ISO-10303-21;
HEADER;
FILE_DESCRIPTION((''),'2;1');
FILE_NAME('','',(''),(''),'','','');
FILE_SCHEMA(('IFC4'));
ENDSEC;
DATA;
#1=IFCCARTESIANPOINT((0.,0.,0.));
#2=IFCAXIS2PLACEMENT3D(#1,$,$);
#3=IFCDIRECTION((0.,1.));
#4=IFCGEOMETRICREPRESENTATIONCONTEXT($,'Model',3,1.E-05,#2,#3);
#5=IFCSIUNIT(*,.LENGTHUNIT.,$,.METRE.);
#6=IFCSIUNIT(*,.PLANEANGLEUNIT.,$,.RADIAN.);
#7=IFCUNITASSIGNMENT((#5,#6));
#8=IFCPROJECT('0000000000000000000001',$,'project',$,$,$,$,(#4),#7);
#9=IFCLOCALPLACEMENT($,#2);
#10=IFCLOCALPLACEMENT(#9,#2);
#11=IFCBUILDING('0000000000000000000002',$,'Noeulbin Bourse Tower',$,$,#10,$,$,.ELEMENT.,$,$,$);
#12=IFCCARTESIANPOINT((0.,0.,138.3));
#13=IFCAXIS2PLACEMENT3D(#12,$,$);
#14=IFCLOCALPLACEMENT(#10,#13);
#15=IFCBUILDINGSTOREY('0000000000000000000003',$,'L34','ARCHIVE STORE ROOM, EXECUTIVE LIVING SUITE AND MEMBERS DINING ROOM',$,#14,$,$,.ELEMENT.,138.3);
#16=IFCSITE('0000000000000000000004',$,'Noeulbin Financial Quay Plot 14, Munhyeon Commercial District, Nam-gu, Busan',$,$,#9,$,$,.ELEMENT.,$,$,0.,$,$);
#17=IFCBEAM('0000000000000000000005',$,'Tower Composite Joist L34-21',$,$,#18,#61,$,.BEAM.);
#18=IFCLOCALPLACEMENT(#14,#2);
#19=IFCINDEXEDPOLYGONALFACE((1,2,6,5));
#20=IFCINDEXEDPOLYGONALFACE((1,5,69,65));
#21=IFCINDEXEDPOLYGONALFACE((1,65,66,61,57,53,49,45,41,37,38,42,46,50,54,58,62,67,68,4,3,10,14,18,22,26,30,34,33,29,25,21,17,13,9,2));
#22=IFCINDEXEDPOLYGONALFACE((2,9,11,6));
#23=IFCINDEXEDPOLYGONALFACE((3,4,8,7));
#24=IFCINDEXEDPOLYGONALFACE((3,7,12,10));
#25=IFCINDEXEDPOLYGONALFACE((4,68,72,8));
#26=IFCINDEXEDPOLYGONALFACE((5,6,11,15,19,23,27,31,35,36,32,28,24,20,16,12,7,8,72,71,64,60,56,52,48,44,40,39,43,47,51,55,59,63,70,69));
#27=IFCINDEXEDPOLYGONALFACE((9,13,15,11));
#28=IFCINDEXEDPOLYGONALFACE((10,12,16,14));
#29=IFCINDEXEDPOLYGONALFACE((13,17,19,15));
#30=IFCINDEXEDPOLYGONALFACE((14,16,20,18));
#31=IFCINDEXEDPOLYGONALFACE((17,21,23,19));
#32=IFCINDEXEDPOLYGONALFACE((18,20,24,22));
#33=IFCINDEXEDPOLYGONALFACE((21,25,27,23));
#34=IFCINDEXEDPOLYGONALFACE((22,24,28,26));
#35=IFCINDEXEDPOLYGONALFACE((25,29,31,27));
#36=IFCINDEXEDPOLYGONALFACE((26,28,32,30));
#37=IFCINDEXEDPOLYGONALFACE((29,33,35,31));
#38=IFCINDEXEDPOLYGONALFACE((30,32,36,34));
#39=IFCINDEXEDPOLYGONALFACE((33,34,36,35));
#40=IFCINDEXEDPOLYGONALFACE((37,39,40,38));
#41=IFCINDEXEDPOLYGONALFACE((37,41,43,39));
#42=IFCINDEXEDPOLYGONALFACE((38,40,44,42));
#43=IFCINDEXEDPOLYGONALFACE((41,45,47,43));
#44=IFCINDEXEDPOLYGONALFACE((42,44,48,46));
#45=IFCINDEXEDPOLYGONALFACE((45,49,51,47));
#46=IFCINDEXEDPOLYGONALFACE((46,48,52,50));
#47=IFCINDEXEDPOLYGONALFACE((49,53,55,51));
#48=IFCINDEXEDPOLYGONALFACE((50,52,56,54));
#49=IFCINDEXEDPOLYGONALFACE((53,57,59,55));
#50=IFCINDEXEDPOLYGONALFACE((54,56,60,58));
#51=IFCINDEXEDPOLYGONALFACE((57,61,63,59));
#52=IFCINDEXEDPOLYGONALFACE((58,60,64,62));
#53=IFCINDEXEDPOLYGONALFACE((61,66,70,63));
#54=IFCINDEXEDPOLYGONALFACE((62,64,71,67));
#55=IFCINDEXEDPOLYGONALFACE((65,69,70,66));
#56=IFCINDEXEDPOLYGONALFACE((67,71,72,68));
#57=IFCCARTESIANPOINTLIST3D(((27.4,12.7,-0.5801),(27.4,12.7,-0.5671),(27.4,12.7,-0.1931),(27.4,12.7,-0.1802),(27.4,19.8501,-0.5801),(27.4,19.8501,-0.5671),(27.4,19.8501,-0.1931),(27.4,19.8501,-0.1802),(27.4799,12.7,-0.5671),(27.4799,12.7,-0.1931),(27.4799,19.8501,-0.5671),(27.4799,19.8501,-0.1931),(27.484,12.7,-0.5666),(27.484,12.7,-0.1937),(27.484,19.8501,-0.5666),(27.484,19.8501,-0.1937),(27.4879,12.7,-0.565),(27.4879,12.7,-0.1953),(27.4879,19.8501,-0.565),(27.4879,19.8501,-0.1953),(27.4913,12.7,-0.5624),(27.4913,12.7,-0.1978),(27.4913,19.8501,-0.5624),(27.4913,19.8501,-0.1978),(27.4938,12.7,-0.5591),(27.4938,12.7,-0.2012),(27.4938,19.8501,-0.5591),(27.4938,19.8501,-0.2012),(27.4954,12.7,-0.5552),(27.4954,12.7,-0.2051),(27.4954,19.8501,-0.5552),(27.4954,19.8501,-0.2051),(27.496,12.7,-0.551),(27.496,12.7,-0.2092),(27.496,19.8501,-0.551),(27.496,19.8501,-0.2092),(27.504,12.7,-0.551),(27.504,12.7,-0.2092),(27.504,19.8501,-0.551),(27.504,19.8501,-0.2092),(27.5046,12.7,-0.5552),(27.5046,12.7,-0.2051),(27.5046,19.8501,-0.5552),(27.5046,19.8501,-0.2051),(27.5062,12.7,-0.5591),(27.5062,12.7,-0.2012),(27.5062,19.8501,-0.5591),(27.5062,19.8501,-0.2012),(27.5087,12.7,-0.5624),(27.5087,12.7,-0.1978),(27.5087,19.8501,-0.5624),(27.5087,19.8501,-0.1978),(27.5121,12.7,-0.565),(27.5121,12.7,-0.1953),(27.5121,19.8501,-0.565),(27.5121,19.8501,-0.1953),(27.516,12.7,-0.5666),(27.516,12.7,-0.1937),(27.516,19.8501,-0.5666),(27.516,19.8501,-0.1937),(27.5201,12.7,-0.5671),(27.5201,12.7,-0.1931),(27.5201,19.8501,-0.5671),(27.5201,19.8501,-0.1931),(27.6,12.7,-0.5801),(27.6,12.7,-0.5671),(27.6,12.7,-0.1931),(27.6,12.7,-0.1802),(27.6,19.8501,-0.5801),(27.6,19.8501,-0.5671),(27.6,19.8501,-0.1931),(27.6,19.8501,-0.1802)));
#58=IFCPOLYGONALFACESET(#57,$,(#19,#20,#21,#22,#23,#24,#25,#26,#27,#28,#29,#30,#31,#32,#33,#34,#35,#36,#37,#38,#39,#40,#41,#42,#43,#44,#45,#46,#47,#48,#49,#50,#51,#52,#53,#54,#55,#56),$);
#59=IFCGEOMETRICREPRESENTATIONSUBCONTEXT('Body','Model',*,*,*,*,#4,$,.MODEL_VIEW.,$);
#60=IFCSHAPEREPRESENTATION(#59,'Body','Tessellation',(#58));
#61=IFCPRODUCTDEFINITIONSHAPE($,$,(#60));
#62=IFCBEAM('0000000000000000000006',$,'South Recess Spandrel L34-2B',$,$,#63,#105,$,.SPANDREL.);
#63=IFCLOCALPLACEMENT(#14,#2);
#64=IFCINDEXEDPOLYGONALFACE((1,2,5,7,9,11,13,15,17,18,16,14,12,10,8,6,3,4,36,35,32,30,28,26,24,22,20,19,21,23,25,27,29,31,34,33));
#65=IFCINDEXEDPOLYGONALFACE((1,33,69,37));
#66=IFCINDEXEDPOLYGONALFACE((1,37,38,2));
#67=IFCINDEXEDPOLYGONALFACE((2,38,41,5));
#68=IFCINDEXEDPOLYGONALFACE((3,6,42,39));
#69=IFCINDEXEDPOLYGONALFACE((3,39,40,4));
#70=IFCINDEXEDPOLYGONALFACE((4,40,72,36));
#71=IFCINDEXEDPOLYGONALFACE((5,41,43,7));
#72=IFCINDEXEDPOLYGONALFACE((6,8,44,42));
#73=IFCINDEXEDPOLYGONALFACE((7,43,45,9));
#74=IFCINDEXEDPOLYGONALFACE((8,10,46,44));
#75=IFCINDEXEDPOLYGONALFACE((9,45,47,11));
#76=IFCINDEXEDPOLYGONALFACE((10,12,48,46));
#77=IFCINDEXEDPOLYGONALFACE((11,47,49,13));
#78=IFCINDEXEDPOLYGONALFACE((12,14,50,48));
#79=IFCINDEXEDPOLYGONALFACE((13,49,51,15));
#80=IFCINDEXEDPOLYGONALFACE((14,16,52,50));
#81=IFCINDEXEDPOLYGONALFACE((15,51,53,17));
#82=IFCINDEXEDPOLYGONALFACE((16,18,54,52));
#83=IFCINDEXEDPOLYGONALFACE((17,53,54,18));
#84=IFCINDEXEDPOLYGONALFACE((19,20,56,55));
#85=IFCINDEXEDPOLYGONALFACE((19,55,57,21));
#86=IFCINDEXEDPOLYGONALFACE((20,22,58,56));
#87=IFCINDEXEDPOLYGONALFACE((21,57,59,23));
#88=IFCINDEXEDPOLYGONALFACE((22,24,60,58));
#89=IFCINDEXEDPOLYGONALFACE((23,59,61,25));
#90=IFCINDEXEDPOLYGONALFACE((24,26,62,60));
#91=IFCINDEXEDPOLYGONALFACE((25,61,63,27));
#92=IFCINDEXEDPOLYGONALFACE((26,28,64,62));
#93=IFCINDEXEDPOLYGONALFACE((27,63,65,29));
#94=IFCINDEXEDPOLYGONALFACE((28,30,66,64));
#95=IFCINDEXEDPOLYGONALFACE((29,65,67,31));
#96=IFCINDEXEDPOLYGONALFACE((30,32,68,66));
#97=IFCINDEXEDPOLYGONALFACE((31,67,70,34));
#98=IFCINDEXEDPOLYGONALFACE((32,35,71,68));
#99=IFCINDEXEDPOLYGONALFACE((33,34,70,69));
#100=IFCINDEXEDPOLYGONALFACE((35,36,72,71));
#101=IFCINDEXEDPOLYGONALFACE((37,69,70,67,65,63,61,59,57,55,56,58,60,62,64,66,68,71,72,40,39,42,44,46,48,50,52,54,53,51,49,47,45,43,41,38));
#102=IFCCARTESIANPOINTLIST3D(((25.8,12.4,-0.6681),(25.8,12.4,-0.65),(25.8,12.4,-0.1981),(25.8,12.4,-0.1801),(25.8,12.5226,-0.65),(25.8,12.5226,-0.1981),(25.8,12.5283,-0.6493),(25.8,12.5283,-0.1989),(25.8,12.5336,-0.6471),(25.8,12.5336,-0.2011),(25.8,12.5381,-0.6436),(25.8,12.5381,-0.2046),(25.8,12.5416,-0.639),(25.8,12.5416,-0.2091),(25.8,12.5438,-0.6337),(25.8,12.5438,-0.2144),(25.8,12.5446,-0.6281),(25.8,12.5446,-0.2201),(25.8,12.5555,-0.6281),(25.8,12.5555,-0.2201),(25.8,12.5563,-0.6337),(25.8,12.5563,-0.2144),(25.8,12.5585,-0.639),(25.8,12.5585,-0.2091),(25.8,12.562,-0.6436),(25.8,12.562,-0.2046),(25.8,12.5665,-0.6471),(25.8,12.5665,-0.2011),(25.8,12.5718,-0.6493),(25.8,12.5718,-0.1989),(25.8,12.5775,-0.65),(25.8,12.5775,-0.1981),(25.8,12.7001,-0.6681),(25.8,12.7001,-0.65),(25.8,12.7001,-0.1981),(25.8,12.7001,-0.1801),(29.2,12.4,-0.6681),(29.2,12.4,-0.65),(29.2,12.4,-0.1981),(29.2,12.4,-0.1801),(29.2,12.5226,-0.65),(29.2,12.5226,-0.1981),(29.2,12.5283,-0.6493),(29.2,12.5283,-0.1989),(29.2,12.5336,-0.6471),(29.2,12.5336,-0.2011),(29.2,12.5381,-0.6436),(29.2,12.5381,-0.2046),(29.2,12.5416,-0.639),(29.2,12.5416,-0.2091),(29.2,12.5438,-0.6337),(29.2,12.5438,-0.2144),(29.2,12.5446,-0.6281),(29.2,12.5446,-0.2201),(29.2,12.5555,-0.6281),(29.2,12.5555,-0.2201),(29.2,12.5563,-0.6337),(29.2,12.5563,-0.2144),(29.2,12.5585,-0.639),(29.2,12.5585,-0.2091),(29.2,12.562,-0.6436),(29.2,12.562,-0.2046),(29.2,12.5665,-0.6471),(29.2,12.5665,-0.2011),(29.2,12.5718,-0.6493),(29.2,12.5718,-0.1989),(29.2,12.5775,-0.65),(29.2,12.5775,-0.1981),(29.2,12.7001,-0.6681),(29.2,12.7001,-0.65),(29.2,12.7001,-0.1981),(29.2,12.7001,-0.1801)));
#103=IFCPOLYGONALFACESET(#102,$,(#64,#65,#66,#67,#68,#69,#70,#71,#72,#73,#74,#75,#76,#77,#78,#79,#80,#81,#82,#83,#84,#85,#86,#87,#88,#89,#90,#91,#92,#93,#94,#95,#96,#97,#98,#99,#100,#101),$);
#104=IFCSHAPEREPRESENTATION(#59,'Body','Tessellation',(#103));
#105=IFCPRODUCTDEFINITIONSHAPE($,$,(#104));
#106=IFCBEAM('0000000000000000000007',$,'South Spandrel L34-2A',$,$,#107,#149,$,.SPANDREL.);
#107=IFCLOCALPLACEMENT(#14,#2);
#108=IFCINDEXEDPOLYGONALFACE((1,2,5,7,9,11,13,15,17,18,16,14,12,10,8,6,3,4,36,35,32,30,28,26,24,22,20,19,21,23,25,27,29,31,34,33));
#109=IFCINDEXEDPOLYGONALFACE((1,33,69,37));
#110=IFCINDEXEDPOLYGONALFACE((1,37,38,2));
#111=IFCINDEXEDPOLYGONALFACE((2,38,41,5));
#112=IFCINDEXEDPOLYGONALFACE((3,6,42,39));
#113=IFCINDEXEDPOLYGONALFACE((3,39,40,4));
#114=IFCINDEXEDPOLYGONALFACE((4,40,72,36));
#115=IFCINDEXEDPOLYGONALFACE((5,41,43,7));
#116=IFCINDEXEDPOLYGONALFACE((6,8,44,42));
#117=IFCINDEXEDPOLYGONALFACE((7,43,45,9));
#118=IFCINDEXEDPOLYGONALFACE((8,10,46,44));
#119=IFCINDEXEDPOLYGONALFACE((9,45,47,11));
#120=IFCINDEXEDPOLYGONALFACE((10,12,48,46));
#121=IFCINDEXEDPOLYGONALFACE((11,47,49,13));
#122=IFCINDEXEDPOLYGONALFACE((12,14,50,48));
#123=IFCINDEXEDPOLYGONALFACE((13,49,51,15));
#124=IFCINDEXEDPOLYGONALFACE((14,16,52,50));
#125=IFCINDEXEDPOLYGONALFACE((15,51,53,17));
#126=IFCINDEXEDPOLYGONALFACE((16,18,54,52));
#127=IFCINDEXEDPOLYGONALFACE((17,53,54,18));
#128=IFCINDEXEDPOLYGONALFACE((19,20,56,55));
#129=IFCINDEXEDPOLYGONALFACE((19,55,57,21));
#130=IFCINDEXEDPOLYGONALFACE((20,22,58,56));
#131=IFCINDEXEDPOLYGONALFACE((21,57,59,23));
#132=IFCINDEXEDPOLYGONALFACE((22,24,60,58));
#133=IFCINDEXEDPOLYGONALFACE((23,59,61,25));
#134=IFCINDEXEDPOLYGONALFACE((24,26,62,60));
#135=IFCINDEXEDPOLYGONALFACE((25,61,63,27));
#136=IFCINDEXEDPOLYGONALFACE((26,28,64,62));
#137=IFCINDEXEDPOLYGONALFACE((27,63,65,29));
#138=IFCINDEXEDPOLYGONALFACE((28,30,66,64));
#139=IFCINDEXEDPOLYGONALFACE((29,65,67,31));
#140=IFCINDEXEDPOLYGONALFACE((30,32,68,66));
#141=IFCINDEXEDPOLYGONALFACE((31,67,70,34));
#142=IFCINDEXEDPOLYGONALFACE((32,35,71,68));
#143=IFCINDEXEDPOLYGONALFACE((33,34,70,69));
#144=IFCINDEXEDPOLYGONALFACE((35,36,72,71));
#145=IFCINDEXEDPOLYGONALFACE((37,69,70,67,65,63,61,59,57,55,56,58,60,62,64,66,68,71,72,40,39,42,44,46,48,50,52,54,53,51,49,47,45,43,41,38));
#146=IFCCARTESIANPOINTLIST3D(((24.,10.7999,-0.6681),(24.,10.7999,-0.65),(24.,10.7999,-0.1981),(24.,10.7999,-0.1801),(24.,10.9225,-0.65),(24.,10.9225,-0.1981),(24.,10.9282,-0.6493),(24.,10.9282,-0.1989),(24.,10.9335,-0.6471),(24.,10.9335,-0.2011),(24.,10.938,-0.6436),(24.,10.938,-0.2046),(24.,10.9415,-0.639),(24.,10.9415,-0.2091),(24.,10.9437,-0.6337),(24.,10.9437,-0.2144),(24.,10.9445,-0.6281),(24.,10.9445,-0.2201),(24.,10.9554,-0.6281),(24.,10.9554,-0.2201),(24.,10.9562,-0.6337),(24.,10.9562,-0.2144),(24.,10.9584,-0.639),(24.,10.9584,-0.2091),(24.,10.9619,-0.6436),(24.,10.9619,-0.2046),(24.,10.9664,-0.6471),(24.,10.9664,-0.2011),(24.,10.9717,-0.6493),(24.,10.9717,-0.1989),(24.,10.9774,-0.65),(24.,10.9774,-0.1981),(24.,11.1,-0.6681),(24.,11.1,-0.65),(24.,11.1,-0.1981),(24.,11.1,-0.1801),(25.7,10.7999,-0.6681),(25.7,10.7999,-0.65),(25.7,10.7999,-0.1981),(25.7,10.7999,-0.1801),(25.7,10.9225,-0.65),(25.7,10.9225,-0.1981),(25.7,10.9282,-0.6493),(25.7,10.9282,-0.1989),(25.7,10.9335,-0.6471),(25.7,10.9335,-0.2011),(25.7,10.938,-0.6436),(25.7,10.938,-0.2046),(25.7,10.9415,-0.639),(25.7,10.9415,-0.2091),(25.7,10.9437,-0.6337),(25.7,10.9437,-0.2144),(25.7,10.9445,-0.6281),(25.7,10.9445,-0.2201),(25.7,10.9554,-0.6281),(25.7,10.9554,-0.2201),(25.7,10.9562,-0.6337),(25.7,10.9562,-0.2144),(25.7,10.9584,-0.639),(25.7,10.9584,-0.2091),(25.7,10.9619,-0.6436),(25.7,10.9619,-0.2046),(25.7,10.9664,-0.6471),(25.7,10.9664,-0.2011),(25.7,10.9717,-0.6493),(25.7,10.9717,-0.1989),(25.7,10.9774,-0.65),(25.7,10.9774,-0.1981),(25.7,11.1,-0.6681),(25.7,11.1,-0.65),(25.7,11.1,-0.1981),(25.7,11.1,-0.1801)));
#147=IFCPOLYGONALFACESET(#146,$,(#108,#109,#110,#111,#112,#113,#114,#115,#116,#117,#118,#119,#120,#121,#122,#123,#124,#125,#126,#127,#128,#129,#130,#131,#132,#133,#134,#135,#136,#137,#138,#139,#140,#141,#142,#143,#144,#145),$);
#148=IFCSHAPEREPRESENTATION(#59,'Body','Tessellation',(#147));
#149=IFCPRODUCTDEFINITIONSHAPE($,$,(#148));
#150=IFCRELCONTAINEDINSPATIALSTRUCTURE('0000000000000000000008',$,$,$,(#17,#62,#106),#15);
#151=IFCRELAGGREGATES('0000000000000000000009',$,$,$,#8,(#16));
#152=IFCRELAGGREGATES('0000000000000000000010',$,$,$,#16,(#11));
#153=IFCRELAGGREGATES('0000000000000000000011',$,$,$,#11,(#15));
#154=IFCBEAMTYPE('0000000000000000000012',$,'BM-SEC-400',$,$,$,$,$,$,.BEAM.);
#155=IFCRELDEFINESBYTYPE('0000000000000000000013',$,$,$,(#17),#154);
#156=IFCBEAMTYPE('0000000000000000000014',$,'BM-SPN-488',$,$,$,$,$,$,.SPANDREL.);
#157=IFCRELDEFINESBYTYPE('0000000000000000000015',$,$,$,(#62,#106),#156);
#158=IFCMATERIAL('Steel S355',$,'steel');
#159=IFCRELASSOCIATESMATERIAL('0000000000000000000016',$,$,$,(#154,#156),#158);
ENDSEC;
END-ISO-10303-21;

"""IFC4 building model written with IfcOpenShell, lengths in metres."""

from ifc_helpers import new_model, si_unit, direction, frame, origin, origin_2d, place, context, subcontext, project, spatial, i_section, extrude, material, material_profile, profile_set, type_object, element, save


model = new_model("IFC4")

# Units and contexts
model_context = context("Model", 3, precision=1e-05, world=origin(), true_north=direction((0.0, 1.0)))
body_context = subcontext(model_context, "Body", "Model", "MODEL_VIEW")
ifc_project = project(units=[si_unit("LENGTHUNIT", "METRE"), si_unit("PLANEANGLEUNIT", "RADIAN")], contexts=[model_context])

# Site, building, storey
site_placement = place(None, origin())
site = spatial("IfcSite", under=ifc_project, at=site_placement, Name="Noeulbin Financial Quay Plot 14, Munhyeon Commercial District, Nam-gu, Busan", CompositionType="ELEMENT", RefElevation=0.0)
building_placement = place(site_placement, origin())
building = spatial("IfcBuilding", under=site, at=building_placement, Name="Noeulbin Bourse Tower", CompositionType="ELEMENT")
storey_placement = place(building_placement, frame((0.0, 0.0, 138.3)))
storey = spatial("IfcBuildingStorey", under=building, at=storey_placement, Name="L34", Description="ARCHIVE STORE ROOM, EXECUTIVE LIVING SUITE AND MEMBERS DINING ROOM", CompositionType="ELEMENT", Elevation=138.3)

# Beams
ifc_material_1 = material(Name="Steel S355", Category="steel")
ifc_material_profile_1 = material_profile(ifc_material_1, i_section(OverallWidth=0.2, OverallDepth=0.3999, WebThickness=0.0081, FlangeThickness=0.0129, FilletRadius=0.0161, at=origin_2d()), Name="H-400x200x8x13", Category="LoadBearing")
ifc_profile_set_1 = profile_set([ifc_material_profile_1], Name="Steel S355")
beam_type_1 = type_object("IfcBeamType", Name="BM-SEC-400", PredefinedType="BEAM", material=ifc_profile_set_1)
for number, where, z_axis, x_axis, name in (
    (1, (27.5, 12.7, -0.3801), (0.0, 1.0, 0.0), (-1.0, 0.0, 0.0), "Tower Composite Joist L34-21"),
):
    element("IfcBeam", number, at=place(storey_placement, frame(where, z_axis=z_axis, x_axis=x_axis)), inside=storey, type_object=beam_type_1, Name=name, PredefinedType="BEAM", context=body_context, shape_type="SweptSolid", body=[
        extrude(i_section(OverallWidth=0.2, OverallDepth=0.3999, WebThickness=0.0081, FlangeThickness=0.0129, FilletRadius=0.0161, at=origin_2d()), origin(), (0.0, 0.0, 1.0), 7.1501),
    ])
ifc_material_profile_2 = material_profile(ifc_material_1, i_section(OverallWidth=0.3, OverallDepth=0.488, WebThickness=0.011, FlangeThickness=0.0181, FilletRadius=0.022, at=origin_2d()), Name="H-488x300x11x18", Category="LoadBearing")
ifc_profile_set_2 = profile_set([ifc_material_profile_2], Name="Steel S355")
beam_type_2 = type_object("IfcBeamType", Name="BM-SPN-488", PredefinedType="SPANDREL", material=ifc_profile_set_2)
beam_1_placement = place(storey_placement, frame((25.8, 12.55, -0.4241), z_axis=(1.0, 0.0, 0.0), x_axis=(0.0, 1.0, 0.0)))
element("IfcBeam", 2, at=beam_1_placement, inside=storey, type_object=beam_type_2, Name="South Recess Spandrel L34-2B", PredefinedType="SPANDREL", context=body_context, shape_type="SweptSolid", body=[
    extrude(i_section(OverallWidth=0.3, OverallDepth=0.488, WebThickness=0.011, FlangeThickness=0.0181, FilletRadius=0.022, at=origin_2d()), origin(), (0.0, 0.0, 1.0), 3.3999),
])
beam_2_placement = place(storey_placement, frame((24.0, 10.95, -0.4241), z_axis=(1.0, 0.0, 0.0), x_axis=(0.0, 1.0, 0.0)))
element("IfcBeam", 3, at=beam_2_placement, inside=storey, type_object=beam_type_2, Name="South Spandrel L34-2A", PredefinedType="SPANDREL", context=body_context, shape_type="SweptSolid", body=[
    extrude(i_section(OverallWidth=0.3, OverallDepth=0.488, WebThickness=0.011, FlangeThickness=0.0181, FilletRadius=0.022, at=origin_2d()), origin(), (0.0, 0.0, 1.0), 1.7),
])

save(model, "model.ifc")
